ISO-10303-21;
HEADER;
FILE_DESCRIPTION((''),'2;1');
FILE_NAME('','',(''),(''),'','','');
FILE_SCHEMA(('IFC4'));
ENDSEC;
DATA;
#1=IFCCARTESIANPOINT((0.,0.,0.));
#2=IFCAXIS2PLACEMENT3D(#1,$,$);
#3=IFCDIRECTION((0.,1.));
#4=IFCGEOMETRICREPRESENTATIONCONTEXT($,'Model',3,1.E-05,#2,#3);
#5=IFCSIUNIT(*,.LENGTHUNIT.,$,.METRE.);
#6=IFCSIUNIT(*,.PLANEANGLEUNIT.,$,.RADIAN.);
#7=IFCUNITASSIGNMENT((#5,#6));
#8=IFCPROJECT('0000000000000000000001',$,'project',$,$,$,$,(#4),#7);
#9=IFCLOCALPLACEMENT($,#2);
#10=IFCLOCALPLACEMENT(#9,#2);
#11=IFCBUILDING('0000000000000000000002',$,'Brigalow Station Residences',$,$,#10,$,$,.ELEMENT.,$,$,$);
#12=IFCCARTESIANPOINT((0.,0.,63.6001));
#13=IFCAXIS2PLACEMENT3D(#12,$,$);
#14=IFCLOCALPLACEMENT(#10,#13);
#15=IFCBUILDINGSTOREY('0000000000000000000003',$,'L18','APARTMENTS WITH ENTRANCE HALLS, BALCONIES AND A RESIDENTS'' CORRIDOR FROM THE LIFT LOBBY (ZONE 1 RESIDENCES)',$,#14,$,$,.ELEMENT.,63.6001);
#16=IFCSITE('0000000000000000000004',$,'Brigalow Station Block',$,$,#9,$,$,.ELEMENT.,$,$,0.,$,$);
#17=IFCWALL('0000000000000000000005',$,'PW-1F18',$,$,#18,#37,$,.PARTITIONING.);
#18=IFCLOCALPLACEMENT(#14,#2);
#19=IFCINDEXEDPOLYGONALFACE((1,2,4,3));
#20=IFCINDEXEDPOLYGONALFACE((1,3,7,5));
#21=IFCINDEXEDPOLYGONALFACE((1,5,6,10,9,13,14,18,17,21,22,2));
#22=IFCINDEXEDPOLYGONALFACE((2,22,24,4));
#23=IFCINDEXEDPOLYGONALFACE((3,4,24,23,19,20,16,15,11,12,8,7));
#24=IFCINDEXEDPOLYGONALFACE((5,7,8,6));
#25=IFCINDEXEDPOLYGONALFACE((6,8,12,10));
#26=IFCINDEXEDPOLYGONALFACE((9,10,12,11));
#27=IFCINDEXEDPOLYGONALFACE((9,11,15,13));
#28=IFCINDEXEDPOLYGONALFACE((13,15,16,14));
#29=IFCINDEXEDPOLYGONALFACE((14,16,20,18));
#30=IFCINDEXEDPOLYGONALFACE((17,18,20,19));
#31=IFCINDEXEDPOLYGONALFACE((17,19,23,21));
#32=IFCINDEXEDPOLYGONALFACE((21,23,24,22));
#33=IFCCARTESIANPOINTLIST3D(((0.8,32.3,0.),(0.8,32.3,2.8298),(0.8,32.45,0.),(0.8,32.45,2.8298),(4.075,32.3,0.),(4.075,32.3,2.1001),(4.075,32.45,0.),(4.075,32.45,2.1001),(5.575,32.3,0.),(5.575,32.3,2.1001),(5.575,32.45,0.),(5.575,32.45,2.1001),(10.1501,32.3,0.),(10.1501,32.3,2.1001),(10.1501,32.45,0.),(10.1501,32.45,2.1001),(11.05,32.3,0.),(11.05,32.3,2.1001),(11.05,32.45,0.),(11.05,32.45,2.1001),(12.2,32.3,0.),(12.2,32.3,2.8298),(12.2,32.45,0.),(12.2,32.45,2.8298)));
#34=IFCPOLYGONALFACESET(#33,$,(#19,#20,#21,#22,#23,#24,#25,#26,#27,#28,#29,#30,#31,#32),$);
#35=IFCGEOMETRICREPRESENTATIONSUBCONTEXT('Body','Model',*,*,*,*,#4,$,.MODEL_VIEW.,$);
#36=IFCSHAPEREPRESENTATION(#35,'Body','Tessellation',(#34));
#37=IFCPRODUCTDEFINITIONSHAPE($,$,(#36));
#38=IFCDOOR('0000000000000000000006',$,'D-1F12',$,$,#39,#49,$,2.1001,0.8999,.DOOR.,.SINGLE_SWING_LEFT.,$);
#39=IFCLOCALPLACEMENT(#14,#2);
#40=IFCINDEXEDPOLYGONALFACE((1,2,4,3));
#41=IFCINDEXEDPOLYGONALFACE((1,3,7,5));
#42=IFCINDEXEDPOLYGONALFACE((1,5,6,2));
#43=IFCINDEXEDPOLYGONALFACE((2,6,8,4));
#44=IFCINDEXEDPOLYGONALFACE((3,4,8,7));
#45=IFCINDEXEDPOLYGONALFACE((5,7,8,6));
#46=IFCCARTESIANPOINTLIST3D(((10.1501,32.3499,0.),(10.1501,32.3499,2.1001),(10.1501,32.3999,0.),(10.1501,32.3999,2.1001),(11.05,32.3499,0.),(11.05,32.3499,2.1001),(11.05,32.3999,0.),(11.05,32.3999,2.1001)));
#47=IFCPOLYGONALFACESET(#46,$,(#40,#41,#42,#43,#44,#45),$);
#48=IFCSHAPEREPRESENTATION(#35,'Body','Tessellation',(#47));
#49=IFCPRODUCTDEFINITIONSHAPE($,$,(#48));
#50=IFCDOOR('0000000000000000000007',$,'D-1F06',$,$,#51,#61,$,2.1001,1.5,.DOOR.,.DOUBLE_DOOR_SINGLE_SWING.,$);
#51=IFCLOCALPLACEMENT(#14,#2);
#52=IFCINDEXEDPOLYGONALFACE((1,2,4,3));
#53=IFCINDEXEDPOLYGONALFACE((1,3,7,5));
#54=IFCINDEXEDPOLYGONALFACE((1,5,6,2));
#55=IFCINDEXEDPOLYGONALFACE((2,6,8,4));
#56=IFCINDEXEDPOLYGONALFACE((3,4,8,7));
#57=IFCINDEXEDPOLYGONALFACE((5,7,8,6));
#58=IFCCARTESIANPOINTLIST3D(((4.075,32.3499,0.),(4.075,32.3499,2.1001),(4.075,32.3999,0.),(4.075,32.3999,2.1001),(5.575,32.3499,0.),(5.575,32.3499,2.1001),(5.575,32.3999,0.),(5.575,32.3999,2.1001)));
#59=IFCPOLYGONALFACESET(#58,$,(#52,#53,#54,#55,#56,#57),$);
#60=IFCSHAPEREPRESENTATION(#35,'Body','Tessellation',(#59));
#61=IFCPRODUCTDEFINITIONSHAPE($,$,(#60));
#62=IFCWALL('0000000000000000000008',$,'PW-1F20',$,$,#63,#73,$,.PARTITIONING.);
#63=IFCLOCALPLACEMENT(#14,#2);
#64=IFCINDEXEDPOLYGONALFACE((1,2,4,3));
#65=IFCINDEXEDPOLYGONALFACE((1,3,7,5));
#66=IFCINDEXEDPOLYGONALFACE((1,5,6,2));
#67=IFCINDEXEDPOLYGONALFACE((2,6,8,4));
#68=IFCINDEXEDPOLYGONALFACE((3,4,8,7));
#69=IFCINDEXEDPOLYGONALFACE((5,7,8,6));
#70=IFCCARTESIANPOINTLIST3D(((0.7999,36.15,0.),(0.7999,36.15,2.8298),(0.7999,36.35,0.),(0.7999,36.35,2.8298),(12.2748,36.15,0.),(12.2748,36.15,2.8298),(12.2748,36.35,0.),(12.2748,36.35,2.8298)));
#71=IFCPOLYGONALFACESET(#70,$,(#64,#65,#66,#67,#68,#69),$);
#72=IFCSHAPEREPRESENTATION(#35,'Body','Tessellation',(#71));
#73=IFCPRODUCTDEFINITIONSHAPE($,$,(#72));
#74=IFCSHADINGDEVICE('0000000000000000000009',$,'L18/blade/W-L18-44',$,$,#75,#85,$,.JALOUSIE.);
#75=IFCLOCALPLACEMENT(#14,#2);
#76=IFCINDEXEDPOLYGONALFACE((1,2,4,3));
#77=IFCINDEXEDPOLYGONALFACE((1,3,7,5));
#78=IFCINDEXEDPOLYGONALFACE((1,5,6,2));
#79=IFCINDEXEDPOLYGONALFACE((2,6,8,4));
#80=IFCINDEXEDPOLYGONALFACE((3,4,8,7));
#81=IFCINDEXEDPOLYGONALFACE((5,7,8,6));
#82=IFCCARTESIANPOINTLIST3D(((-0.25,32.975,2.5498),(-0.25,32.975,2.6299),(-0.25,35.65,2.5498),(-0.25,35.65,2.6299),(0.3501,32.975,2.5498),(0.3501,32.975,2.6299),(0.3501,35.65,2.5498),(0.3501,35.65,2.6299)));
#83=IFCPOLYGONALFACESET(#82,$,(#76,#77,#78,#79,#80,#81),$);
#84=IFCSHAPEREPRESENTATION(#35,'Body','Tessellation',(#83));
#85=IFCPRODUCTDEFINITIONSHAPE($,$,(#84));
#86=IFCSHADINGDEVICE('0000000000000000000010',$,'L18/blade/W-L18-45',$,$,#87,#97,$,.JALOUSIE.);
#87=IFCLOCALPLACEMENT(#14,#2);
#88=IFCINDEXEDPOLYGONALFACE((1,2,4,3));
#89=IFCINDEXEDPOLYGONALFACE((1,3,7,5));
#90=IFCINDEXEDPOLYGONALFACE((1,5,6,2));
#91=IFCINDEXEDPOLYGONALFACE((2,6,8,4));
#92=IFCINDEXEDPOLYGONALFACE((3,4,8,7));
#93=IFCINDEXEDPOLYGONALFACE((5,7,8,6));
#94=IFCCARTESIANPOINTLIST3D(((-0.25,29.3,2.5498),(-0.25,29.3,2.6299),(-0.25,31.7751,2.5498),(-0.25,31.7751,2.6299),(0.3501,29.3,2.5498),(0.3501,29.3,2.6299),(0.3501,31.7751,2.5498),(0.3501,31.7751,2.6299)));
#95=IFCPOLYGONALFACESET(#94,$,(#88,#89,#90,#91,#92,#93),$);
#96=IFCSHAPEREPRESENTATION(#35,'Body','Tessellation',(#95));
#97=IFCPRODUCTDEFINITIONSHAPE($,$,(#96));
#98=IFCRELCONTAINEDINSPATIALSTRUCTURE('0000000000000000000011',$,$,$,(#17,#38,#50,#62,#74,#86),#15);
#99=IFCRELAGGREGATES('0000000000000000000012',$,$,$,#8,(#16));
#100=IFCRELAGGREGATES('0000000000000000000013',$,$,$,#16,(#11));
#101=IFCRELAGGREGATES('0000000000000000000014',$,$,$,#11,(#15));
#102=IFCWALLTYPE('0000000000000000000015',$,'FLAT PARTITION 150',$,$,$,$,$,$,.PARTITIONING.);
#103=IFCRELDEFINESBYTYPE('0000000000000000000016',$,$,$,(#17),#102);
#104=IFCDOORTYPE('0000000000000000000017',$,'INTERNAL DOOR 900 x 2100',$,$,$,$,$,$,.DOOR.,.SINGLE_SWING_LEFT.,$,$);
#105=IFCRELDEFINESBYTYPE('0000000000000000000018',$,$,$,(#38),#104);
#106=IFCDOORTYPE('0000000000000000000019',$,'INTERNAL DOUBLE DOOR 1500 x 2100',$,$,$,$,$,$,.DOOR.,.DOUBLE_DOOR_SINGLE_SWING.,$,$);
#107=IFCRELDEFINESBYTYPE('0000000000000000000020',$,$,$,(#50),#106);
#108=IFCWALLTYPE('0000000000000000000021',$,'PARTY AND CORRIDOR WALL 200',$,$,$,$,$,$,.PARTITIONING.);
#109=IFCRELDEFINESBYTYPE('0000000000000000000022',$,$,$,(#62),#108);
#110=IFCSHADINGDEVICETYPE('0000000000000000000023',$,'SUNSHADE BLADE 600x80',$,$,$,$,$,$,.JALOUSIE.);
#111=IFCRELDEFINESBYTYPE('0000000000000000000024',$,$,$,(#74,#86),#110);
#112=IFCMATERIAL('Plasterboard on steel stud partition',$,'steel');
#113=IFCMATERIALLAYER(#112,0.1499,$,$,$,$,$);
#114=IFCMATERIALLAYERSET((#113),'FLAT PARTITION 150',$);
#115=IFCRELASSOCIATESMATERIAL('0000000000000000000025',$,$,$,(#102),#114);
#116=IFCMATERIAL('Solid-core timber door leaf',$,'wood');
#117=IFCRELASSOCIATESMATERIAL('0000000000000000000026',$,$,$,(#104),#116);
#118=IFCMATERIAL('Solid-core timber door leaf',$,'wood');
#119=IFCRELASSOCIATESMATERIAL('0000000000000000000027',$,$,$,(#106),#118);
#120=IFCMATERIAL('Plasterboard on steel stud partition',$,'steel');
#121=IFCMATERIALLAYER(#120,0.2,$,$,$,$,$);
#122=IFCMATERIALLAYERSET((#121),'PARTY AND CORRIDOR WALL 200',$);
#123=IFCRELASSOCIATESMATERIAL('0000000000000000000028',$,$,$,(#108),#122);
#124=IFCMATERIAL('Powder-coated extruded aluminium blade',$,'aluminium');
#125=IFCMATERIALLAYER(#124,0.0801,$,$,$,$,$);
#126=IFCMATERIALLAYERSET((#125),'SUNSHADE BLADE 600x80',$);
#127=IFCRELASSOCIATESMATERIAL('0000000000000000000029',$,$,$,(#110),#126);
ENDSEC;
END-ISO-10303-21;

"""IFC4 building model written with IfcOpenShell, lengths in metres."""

from ifc_helpers import new_model, si_unit, direction, frame, frame_2d, origin, origin_2d, place, context, subcontext, project, spatial, rectangle, extrude, material, layer, layer_set, type_object, element, fill, save


model = new_model("IFC4")

# Units and contexts
model_context = context("Model", 3, precision=1e-05, world=origin(), true_north=direction((0.0, 1.0)))
body_context = subcontext(model_context, "Body", "Model", "MODEL_VIEW")
ifc_project = project(units=[si_unit("LENGTHUNIT", "METRE"), si_unit("PLANEANGLEUNIT", "RADIAN")], contexts=[model_context])

# Site, building, storey
site_placement = place(None, origin())
site = spatial("IfcSite", under=ifc_project, at=site_placement, Name="Brigalow Station Block", CompositionType="ELEMENT", RefElevation=0.0)
building_placement = place(site_placement, origin())
building = spatial("IfcBuilding", under=site, at=building_placement, Name="Brigalow Station Residences", CompositionType="ELEMENT")
storey_placement = place(building_placement, frame((0.0, 0.0, 63.6001)))
storey = spatial("IfcBuildingStorey", under=building, at=storey_placement, Name="L18", Description="APARTMENTS WITH ENTRANCE HALLS, BALCONIES AND A RESIDENTS' CORRIDOR FROM THE LIFT LOBBY (ZONE 1 RESIDENCES)", CompositionType="ELEMENT", Elevation=63.6001)

# Wall, openings, doors
ifc_material_1 = material(Name="Plasterboard on steel stud partition", Category="steel")
ifc_layer_1 = layer(ifc_material_1, 0.1499)
ifc_layer_set_1 = layer_set([ifc_layer_1], Name="FLAT PARTITION 150")
wall_type_1 = type_object("IfcWallType", Name="FLAT PARTITION 150", PredefinedType="PARTITIONING", material=ifc_layer_set_1)
wall_1_placement = place(storey_placement, frame((0.8, 32.375, 0.0), z_axis=(0.0, 0.0, 1.0), x_axis=(1.0, 0.0, 0.0)))
wall_1 = element("IfcWall", 1, at=wall_1_placement, inside=storey, type_object=wall_type_1, Name="PW-1F18", PredefinedType="PARTITIONING", context=body_context, shape_type="SweptSolid", body=[
    extrude(rectangle(XDim=11.3999, YDim=0.1499, at=frame_2d((5.7, 0.0))), origin(), (0.0, 0.0, 1.0), 2.8298),
])
opening_1_placement = place(wall_1_placement, frame((3.2749, 0.0, 0.0)))
opening_1 = element("IfcOpeningElement", 2, at=opening_1_placement, cuts=wall_1, PredefinedType="OPENING", context=body_context, shape_type="SweptSolid", body=[
    extrude(rectangle(XDim=1.5, YDim=2.1001, at=frame_2d((0.75, 1.05))), frame((0.0, 0.085, 0.0), z_axis=(0.0, -1.0, 0.0), x_axis=(1.0, 0.0, 0.0)), (0.0, 0.0, 1.0), 0.1699),
])
opening_2_placement = place(wall_1_placement, frame((9.3501, 0.0, 0.0)))
opening_2 = element("IfcOpeningElement", 3, at=opening_2_placement, cuts=wall_1, PredefinedType="OPENING", context=body_context, shape_type="SweptSolid", body=[
    extrude(rectangle(XDim=0.8999, YDim=2.1001, at=frame_2d((0.45, 1.05))), frame((0.0, 0.085, 0.0), z_axis=(0.0, -1.0, 0.0), x_axis=(1.0, 0.0, 0.0)), (0.0, 0.0, 1.0), 0.1699),
])
ifc_material_2 = material(Name="Solid-core timber door leaf", Category="wood")
door_type_1 = type_object("IfcDoorType", Name="INTERNAL DOOR 900 x 2100", OperationType="SINGLE_SWING_LEFT", PredefinedType="DOOR", material=ifc_material_2)
door_1_placement = place(opening_2_placement, origin())
door_1 = element("IfcDoor", 4, at=door_1_placement, inside=storey, type_object=door_type_1, Name="D-1F12", OperationType="SINGLE_SWING_LEFT", OverallHeight=2.1001, OverallWidth=0.8999, PredefinedType="DOOR", context=body_context, shape_type="SweptSolid", body=[
    extrude(rectangle(XDim=0.8999, YDim=2.1001, at=frame_2d((0.45, 1.05))), frame((0.0, 0.0249, 0.0), z_axis=(0.0, -1.0, 0.0), x_axis=(1.0, 0.0, 0.0)), (0.0, 0.0, 1.0), 0.05),
])
fill(opening_2, door_1)
ifc_material_3 = material(Name="Solid-core timber door leaf", Category="wood")
door_type_2 = type_object("IfcDoorType", Name="INTERNAL DOUBLE DOOR 1500 x 2100", OperationType="DOUBLE_DOOR_SINGLE_SWING", PredefinedType="DOOR", material=ifc_material_3)
door_2_placement = place(opening_1_placement, origin())
door_2 = element("IfcDoor", 5, at=door_2_placement, inside=storey, type_object=door_type_2, Name="D-1F06", OperationType="DOUBLE_DOOR_SINGLE_SWING", OverallHeight=2.1001, OverallWidth=1.5, PredefinedType="DOOR", context=body_context, shape_type="SweptSolid", body=[
    extrude(rectangle(XDim=1.5, YDim=2.1001, at=frame_2d((0.75, 1.05))), frame((0.0, 0.0249, 0.0), z_axis=(0.0, -1.0, 0.0), x_axis=(1.0, 0.0, 0.0)), (0.0, 0.0, 1.0), 0.05),
])
fill(opening_1, door_2)

# Wall
ifc_material_4 = material(Name="Plasterboard on steel stud partition", Category="steel")
ifc_layer_2 = layer(ifc_material_4, 0.2)
ifc_layer_set_2 = layer_set([ifc_layer_2], Name="PARTY AND CORRIDOR WALL 200")
wall_type_2 = type_object("IfcWallType", Name="PARTY AND CORRIDOR WALL 200", PredefinedType="PARTITIONING", material=ifc_layer_set_2)
wall_2_placement = place(storey_placement, frame((0.8, 36.25, 0.0), z_axis=(0.0, 0.0, 1.0), x_axis=(1.0, 0.0, 0.0)))
element("IfcWall", 6, at=wall_2_placement, inside=storey, type_object=wall_type_2, Name="PW-1F20", PredefinedType="PARTITIONING", context=body_context, shape_type="SweptSolid", body=[
    extrude(rectangle(XDim=11.4749, YDim=0.2, at=frame_2d((5.7373, 0.0))), origin(), (0.0, 0.0, 1.0), 2.8298),
])

# Shading devices
ifc_material_5 = material(Name="Powder-coated extruded aluminium blade", Category="aluminium")
ifc_layer_3 = layer(ifc_material_5, 0.0801)
ifc_layer_set_3 = layer_set([ifc_layer_3], Name="SUNSHADE BLADE 600x80")
shading_device_type = type_object("IfcShadingDeviceType", Name="SUNSHADE BLADE 600x80", PredefinedType="JALOUSIE", material=ifc_layer_set_3)
shading_device_1_placement = place(storey_placement, frame((0.05, 34.3125, 2.5498), z_axis=(0.0, 0.0, 1.0), x_axis=(0.0, -1.0, 0.0)))
element("IfcShadingDevice", 7, at=shading_device_1_placement, inside=storey, type_object=shading_device_type, Name="L18/blade/W-L18-44", PredefinedType="JALOUSIE", context=body_context, shape_type="SweptSolid", body=[
    extrude(rectangle(XDim=2.675, YDim=0.6001, at=origin_2d()), origin(), (0.0, 0.0, 1.0), 0.0801),
])
shading_device_2_placement = place(storey_placement, frame((0.05, 30.5376, 2.5498), z_axis=(0.0, 0.0, 1.0), x_axis=(0.0, -1.0, 0.0)))
element("IfcShadingDevice", 8, at=shading_device_2_placement, inside=storey, type_object=shading_device_type, Name="L18/blade/W-L18-45", PredefinedType="JALOUSIE", context=body_context, shape_type="SweptSolid", body=[
    extrude(rectangle(XDim=2.4751, YDim=0.6001, at=origin_2d()), origin(), (0.0, 0.0, 1.0), 0.0801),
])

save(model, "model.ifc")
